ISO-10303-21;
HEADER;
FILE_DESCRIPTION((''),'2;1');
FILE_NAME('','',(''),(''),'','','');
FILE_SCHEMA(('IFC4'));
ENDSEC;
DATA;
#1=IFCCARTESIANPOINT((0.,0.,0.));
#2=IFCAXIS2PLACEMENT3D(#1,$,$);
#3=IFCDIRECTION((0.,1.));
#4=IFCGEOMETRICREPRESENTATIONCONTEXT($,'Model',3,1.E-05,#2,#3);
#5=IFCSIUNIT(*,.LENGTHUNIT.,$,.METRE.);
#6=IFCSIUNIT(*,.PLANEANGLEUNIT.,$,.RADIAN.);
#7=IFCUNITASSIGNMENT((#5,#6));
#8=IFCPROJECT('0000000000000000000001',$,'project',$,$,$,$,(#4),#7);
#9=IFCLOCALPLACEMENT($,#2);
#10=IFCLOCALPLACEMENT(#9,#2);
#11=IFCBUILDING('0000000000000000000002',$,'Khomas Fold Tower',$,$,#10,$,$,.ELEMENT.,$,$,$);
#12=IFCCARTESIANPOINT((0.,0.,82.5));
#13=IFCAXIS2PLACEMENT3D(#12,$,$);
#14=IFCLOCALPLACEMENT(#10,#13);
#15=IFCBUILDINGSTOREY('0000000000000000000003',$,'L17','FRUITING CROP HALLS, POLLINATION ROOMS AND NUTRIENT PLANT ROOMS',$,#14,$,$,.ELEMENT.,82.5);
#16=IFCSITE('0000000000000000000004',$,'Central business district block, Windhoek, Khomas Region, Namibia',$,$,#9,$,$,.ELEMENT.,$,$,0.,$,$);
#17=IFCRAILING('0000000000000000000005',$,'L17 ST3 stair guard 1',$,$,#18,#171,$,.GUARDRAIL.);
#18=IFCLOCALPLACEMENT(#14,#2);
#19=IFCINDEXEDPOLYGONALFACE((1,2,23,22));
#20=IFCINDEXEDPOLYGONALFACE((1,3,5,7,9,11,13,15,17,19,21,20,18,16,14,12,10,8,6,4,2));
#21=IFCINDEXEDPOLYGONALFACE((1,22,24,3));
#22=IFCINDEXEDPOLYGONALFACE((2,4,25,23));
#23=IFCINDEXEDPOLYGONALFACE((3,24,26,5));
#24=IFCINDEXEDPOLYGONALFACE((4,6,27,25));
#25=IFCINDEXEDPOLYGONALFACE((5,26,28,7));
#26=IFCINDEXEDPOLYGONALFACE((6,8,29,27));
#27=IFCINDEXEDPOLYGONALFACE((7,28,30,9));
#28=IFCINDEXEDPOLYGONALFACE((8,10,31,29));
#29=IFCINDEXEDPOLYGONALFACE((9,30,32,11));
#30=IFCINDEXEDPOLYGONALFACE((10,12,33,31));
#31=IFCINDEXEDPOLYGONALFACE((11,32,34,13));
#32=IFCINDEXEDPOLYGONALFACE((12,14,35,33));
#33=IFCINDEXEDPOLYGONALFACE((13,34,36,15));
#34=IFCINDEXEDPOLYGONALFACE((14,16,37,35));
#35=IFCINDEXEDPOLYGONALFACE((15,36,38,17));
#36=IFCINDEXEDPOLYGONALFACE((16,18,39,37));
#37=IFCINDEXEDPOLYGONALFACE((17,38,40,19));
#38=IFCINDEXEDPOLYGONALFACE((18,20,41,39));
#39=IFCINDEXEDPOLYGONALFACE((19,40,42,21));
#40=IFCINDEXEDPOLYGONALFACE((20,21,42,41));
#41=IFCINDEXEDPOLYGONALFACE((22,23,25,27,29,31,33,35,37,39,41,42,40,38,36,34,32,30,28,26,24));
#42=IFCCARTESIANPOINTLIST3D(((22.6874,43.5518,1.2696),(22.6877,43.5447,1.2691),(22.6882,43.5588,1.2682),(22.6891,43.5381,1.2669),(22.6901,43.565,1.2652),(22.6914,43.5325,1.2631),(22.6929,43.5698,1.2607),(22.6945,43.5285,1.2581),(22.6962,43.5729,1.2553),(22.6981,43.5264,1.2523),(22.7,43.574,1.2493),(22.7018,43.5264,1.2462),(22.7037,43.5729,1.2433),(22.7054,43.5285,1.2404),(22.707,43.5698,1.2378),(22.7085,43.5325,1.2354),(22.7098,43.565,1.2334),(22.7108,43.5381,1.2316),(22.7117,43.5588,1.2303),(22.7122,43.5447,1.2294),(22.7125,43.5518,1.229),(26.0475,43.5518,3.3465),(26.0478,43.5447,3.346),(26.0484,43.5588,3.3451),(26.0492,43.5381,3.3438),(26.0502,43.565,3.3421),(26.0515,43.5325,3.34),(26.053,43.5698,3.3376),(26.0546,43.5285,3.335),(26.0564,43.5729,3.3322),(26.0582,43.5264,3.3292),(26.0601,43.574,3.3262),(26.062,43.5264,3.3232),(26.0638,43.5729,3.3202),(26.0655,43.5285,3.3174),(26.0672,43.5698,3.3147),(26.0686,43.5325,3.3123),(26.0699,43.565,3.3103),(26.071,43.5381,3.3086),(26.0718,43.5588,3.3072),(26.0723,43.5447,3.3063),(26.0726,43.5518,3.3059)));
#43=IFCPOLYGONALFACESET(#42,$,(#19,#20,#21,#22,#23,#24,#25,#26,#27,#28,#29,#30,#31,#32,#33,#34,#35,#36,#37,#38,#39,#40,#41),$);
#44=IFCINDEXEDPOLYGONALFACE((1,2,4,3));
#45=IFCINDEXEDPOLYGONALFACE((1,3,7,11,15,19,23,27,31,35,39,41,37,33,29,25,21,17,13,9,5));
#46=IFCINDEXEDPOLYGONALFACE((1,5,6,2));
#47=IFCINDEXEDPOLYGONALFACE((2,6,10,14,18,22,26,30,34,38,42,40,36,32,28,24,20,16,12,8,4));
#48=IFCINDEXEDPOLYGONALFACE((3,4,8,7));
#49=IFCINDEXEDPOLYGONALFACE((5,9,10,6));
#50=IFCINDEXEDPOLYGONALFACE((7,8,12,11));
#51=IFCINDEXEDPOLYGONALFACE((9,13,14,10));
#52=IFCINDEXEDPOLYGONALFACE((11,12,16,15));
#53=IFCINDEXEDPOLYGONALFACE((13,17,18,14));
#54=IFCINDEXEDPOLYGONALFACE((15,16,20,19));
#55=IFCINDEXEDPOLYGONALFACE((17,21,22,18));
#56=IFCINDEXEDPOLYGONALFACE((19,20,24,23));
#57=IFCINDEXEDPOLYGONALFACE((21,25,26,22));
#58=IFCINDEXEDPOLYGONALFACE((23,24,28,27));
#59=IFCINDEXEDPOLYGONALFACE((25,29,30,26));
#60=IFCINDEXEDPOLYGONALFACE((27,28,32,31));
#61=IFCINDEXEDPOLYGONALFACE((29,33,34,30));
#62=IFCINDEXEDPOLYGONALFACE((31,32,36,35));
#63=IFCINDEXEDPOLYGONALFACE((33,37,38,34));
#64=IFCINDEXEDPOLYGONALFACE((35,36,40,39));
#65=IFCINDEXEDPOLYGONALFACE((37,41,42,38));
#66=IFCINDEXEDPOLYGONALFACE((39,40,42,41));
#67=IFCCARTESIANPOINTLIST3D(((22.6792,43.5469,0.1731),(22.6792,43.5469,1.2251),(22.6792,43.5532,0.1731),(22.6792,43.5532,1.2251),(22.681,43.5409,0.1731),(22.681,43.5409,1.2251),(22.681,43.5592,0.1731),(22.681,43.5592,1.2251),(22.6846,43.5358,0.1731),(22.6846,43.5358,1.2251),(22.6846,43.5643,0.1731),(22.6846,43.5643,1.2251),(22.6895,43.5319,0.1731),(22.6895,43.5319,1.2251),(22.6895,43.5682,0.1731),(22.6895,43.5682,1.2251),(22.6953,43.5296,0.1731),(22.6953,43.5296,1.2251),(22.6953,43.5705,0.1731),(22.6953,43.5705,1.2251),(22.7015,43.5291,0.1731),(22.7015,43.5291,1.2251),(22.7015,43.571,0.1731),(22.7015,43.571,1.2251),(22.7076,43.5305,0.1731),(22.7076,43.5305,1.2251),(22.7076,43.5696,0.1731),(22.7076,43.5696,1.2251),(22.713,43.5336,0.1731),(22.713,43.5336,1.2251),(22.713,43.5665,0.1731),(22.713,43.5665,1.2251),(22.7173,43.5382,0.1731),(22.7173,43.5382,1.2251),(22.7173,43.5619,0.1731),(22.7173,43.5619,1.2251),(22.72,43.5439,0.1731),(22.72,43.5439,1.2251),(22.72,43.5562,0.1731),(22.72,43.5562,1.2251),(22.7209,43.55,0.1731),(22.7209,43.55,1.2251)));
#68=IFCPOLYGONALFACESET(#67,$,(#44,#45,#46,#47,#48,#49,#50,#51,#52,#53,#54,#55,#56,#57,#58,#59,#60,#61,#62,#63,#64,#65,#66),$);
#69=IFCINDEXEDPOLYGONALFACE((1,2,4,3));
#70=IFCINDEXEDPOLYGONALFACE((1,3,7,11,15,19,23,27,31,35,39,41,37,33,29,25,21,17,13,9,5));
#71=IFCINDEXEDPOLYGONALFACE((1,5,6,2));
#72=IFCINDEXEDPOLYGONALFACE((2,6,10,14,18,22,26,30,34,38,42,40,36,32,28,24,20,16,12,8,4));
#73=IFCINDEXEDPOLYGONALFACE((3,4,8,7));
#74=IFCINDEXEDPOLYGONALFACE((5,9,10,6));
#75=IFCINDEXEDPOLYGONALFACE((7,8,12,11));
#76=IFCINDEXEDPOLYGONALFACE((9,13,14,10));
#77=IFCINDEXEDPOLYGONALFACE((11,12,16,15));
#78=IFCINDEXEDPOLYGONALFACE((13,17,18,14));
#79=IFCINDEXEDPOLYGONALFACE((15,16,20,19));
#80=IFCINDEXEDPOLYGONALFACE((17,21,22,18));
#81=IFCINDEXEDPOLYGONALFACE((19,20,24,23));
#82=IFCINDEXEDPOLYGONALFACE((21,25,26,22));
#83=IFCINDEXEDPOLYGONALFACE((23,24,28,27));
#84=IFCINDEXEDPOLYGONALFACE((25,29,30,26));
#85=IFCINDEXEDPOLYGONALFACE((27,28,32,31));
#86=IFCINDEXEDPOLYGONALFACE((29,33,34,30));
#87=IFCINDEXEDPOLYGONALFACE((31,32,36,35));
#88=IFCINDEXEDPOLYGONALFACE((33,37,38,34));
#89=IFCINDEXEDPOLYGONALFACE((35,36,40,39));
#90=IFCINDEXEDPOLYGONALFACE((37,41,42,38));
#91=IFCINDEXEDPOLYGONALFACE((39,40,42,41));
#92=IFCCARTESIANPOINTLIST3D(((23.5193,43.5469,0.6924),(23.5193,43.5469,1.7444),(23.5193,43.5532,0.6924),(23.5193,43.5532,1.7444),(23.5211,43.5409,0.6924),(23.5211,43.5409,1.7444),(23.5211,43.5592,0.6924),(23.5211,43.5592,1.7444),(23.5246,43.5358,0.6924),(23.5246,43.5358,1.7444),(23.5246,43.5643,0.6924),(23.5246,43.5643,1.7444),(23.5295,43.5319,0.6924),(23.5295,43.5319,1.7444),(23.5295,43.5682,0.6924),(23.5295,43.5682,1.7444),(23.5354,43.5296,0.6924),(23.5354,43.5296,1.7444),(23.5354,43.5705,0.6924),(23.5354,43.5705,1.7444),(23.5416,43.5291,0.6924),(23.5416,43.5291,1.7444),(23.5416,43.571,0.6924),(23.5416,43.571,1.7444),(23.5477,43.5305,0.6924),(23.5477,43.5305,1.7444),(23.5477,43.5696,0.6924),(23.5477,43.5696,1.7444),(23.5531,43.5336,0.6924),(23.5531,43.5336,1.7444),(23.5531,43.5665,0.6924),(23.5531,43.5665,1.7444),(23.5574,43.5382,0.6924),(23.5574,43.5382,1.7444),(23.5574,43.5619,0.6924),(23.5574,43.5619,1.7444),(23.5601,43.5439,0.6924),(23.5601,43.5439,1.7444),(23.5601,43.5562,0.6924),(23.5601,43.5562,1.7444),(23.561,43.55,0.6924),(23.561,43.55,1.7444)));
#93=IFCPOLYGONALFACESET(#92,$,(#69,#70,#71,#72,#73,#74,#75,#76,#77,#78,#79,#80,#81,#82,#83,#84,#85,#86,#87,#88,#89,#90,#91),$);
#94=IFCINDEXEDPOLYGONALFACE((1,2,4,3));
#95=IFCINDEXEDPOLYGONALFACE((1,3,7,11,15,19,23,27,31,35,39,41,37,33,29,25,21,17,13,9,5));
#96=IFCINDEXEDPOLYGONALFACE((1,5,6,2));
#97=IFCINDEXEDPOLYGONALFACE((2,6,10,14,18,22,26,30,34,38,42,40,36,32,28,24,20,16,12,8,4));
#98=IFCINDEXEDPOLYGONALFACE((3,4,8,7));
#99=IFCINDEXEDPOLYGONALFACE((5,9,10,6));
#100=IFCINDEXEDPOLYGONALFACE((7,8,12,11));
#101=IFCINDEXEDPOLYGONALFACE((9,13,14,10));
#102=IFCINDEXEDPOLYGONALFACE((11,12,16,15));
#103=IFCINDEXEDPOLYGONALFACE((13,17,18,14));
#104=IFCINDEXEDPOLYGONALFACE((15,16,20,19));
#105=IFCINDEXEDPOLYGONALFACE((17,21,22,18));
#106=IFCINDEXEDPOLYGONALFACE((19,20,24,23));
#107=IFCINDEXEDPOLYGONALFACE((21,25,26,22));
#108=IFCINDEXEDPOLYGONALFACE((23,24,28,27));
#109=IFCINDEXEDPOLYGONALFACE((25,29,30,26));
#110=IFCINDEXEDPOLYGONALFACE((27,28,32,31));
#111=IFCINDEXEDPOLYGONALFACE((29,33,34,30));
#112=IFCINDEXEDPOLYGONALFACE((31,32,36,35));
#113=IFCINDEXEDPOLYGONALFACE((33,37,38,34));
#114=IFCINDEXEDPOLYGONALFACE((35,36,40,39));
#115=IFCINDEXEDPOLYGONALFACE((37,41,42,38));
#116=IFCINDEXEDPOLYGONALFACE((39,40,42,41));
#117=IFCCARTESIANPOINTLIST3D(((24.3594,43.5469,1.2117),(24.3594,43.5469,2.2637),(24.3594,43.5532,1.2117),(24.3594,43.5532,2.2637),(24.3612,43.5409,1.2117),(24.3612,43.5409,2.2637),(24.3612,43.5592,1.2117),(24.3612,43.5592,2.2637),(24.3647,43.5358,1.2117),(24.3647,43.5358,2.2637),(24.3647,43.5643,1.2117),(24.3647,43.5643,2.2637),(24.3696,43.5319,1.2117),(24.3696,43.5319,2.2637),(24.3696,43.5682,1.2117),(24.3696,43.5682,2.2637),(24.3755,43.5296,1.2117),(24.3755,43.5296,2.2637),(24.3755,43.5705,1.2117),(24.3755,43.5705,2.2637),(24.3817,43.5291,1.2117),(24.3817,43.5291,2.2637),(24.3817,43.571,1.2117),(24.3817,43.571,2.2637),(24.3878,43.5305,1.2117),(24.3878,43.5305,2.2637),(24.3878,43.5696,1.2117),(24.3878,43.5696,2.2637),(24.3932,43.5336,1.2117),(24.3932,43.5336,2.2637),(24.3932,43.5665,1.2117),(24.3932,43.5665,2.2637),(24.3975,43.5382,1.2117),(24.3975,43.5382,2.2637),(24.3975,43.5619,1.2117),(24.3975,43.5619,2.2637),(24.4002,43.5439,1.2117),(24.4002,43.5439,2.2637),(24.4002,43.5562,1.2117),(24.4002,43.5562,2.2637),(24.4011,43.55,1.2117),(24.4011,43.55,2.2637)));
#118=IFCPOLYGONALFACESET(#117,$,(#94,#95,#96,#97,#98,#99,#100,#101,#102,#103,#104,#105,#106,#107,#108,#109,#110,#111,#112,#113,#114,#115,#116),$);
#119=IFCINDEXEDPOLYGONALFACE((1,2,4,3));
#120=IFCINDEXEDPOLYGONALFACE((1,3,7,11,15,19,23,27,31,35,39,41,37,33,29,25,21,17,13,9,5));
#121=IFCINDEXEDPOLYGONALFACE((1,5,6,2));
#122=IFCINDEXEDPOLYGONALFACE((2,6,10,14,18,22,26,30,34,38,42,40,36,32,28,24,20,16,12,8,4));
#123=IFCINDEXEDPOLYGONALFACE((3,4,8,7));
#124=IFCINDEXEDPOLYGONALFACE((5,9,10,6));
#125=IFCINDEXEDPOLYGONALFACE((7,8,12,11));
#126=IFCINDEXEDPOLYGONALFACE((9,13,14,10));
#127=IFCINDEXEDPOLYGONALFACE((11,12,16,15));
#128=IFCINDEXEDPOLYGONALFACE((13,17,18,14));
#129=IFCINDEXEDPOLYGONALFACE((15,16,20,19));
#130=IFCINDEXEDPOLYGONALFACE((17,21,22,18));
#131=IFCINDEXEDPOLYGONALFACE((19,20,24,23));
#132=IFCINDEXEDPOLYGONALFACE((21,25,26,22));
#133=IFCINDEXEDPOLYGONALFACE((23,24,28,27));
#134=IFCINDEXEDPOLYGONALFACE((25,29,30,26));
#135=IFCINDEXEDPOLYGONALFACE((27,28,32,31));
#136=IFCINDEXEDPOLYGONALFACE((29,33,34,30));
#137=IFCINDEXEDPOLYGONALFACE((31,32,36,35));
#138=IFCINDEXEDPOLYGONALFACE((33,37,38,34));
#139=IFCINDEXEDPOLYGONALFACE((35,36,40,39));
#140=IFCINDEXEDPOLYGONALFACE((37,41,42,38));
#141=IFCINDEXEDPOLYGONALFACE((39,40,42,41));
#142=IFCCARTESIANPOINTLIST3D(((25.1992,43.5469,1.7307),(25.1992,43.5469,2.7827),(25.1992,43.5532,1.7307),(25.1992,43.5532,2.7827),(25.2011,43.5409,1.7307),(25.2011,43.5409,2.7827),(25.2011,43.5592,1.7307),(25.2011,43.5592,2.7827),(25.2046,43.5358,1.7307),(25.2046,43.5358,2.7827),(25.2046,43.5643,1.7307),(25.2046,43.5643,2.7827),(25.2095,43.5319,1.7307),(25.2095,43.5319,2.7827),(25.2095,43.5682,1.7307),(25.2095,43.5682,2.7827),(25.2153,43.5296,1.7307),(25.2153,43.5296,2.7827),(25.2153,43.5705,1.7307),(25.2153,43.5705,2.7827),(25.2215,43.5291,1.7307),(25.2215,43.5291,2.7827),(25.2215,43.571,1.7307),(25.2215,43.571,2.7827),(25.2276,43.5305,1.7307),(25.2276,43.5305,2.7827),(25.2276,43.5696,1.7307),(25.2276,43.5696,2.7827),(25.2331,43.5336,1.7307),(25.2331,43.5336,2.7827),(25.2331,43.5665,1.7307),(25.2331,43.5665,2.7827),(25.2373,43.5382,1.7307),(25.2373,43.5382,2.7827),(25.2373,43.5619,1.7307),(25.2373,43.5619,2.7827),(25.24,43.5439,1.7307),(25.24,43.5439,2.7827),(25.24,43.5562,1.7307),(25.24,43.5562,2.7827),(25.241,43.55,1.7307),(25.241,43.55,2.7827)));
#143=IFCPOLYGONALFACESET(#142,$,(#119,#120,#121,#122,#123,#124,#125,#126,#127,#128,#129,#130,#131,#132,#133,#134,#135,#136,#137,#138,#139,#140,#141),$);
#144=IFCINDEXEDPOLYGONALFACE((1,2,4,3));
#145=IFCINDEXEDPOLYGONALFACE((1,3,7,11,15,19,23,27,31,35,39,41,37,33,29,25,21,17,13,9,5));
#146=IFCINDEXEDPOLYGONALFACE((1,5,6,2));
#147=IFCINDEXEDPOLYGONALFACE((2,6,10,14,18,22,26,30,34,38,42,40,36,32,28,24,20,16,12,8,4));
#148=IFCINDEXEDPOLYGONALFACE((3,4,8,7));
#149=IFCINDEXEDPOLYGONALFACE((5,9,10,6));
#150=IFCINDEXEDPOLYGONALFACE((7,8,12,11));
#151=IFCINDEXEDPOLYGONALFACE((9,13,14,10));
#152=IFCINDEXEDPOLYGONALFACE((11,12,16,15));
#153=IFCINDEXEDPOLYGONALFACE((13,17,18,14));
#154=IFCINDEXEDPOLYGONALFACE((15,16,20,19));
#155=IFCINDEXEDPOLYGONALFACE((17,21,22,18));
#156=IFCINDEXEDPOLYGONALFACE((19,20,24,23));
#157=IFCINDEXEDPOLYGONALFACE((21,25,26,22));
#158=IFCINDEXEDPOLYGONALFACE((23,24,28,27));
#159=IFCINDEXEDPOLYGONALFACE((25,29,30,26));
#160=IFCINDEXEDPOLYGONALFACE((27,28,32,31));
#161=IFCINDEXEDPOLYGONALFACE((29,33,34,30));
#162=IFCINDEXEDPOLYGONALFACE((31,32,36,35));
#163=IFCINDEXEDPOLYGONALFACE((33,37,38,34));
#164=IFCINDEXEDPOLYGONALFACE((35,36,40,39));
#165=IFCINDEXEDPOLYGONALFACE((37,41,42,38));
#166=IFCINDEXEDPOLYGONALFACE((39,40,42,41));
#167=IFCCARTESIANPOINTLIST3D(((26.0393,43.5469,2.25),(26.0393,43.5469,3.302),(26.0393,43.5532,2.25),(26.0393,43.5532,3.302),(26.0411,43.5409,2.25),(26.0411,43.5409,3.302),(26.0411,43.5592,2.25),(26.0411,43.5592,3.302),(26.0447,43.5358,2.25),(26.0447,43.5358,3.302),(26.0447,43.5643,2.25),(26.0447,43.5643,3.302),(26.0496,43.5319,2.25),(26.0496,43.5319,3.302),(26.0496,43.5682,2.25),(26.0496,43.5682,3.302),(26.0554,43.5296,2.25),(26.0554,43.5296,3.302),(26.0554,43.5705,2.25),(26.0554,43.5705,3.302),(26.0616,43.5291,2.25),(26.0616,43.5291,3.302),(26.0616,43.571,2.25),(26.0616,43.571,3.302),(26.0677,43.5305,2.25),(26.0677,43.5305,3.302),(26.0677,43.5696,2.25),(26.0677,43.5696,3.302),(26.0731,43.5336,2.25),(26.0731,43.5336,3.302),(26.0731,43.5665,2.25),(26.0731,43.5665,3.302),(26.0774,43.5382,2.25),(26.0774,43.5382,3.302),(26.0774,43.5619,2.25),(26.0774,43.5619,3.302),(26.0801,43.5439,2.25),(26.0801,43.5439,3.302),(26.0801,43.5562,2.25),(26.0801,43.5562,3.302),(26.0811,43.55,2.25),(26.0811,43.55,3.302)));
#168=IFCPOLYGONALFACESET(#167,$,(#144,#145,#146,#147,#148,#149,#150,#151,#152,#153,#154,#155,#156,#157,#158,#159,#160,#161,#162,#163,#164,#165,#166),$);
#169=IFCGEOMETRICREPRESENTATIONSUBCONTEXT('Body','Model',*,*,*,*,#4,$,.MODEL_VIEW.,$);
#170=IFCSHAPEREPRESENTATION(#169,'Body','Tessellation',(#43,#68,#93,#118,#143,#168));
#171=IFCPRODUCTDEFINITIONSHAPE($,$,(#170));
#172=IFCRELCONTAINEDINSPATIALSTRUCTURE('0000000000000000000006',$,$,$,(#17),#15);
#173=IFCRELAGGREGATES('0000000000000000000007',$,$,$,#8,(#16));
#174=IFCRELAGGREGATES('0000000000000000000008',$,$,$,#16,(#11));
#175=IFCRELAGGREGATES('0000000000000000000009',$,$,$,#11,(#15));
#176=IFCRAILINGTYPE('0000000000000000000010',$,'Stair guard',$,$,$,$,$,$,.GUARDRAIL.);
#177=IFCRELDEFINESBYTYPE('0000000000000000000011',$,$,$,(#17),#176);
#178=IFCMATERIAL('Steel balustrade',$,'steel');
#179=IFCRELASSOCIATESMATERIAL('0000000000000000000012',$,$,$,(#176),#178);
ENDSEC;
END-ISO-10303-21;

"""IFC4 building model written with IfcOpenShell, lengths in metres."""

from ifc_helpers import new_model, si_unit, direction, frame, origin, origin_2d, place, context, subcontext, project, spatial, circle, extrude, source, transform, mapped, material, type_object, element, save


model = new_model("IFC4")

# Units and contexts
model_context = context("Model", 3, precision=1e-05, world=origin(), true_north=direction((0.0, 1.0)))
body_context = subcontext(model_context, "Body", "Model", "MODEL_VIEW")
ifc_project = project(units=[si_unit("LENGTHUNIT", "METRE"), si_unit("PLANEANGLEUNIT", "RADIAN")], contexts=[model_context])

# Site, building, storey
site_placement = place(None, origin())
site = spatial("IfcSite", under=ifc_project, at=site_placement, Name="Central business district block, Windhoek, Khomas Region, Namibia", CompositionType="ELEMENT", RefElevation=0.0)
building_placement = place(site_placement, origin())
building = spatial("IfcBuilding", under=site, at=building_placement, Name="Khomas Fold Tower", CompositionType="ELEMENT")
storey_placement = place(building_placement, frame((0.0, 0.0, 82.5)))
storey = spatial("IfcBuildingStorey", under=building, at=storey_placement, Name="L17", Description="FRUITING CROP HALLS, POLLINATION ROOMS AND NUTRIENT PLANT ROOMS", CompositionType="ELEMENT", Elevation=82.5)

# Railing
ifc_material_1 = material(Name="Steel balustrade", Category="steel")
railing_type_1 = type_object("IfcRailingType", Name="Stair guard", PredefinedType="GUARDRAIL", material=ifc_material_1)
shared_shape_1 = source(origin(), body_context, "Body", "SweptSolid", [
    extrude(circle(Radius=0.0239, at=origin_2d()), frame((0.0, 0.0, 1.0762), z_axis=(0.850623, 0.0, 0.525776), x_axis=(0.0, 1.0, 0.0)), (0.0, 0.0, 1.0), 3.9502),
    extrude(circle(Radius=0.021, at=origin_2d()), origin(), (0.0, 0.0, 1.0), 1.052),
    extrude(circle(Radius=0.021, at=origin_2d()), frame((0.8401, 0.0, 0.5193)), (0.0, 0.0, 1.0), 1.052),
    extrude(circle(Radius=0.021, at=origin_2d()), frame((1.6802, 0.0, 1.0386)), (0.0, 0.0, 1.0), 1.052),
    extrude(circle(Radius=0.021, at=origin_2d()), frame((2.52, 0.0, 1.5576)), (0.0, 0.0, 1.0), 1.052),
    extrude(circle(Radius=0.021, at=origin_2d()), frame((3.3601, 0.0, 2.0769)), (0.0, 0.0, 1.0), 1.052),
])
railing_1_placement = place(storey_placement, frame((22.7, 43.55, 0.1731)))
element("IfcRailing", 1, at=railing_1_placement, inside=storey, type_object=railing_type_1, Name="L17 ST3 stair guard 1", PredefinedType="GUARDRAIL", context=body_context, shape_type="MappedRepresentation", body=[
    mapped(shared_shape_1, transform((0.0, 0.0, 0.0))),
])

save(model, "model.ifc")
